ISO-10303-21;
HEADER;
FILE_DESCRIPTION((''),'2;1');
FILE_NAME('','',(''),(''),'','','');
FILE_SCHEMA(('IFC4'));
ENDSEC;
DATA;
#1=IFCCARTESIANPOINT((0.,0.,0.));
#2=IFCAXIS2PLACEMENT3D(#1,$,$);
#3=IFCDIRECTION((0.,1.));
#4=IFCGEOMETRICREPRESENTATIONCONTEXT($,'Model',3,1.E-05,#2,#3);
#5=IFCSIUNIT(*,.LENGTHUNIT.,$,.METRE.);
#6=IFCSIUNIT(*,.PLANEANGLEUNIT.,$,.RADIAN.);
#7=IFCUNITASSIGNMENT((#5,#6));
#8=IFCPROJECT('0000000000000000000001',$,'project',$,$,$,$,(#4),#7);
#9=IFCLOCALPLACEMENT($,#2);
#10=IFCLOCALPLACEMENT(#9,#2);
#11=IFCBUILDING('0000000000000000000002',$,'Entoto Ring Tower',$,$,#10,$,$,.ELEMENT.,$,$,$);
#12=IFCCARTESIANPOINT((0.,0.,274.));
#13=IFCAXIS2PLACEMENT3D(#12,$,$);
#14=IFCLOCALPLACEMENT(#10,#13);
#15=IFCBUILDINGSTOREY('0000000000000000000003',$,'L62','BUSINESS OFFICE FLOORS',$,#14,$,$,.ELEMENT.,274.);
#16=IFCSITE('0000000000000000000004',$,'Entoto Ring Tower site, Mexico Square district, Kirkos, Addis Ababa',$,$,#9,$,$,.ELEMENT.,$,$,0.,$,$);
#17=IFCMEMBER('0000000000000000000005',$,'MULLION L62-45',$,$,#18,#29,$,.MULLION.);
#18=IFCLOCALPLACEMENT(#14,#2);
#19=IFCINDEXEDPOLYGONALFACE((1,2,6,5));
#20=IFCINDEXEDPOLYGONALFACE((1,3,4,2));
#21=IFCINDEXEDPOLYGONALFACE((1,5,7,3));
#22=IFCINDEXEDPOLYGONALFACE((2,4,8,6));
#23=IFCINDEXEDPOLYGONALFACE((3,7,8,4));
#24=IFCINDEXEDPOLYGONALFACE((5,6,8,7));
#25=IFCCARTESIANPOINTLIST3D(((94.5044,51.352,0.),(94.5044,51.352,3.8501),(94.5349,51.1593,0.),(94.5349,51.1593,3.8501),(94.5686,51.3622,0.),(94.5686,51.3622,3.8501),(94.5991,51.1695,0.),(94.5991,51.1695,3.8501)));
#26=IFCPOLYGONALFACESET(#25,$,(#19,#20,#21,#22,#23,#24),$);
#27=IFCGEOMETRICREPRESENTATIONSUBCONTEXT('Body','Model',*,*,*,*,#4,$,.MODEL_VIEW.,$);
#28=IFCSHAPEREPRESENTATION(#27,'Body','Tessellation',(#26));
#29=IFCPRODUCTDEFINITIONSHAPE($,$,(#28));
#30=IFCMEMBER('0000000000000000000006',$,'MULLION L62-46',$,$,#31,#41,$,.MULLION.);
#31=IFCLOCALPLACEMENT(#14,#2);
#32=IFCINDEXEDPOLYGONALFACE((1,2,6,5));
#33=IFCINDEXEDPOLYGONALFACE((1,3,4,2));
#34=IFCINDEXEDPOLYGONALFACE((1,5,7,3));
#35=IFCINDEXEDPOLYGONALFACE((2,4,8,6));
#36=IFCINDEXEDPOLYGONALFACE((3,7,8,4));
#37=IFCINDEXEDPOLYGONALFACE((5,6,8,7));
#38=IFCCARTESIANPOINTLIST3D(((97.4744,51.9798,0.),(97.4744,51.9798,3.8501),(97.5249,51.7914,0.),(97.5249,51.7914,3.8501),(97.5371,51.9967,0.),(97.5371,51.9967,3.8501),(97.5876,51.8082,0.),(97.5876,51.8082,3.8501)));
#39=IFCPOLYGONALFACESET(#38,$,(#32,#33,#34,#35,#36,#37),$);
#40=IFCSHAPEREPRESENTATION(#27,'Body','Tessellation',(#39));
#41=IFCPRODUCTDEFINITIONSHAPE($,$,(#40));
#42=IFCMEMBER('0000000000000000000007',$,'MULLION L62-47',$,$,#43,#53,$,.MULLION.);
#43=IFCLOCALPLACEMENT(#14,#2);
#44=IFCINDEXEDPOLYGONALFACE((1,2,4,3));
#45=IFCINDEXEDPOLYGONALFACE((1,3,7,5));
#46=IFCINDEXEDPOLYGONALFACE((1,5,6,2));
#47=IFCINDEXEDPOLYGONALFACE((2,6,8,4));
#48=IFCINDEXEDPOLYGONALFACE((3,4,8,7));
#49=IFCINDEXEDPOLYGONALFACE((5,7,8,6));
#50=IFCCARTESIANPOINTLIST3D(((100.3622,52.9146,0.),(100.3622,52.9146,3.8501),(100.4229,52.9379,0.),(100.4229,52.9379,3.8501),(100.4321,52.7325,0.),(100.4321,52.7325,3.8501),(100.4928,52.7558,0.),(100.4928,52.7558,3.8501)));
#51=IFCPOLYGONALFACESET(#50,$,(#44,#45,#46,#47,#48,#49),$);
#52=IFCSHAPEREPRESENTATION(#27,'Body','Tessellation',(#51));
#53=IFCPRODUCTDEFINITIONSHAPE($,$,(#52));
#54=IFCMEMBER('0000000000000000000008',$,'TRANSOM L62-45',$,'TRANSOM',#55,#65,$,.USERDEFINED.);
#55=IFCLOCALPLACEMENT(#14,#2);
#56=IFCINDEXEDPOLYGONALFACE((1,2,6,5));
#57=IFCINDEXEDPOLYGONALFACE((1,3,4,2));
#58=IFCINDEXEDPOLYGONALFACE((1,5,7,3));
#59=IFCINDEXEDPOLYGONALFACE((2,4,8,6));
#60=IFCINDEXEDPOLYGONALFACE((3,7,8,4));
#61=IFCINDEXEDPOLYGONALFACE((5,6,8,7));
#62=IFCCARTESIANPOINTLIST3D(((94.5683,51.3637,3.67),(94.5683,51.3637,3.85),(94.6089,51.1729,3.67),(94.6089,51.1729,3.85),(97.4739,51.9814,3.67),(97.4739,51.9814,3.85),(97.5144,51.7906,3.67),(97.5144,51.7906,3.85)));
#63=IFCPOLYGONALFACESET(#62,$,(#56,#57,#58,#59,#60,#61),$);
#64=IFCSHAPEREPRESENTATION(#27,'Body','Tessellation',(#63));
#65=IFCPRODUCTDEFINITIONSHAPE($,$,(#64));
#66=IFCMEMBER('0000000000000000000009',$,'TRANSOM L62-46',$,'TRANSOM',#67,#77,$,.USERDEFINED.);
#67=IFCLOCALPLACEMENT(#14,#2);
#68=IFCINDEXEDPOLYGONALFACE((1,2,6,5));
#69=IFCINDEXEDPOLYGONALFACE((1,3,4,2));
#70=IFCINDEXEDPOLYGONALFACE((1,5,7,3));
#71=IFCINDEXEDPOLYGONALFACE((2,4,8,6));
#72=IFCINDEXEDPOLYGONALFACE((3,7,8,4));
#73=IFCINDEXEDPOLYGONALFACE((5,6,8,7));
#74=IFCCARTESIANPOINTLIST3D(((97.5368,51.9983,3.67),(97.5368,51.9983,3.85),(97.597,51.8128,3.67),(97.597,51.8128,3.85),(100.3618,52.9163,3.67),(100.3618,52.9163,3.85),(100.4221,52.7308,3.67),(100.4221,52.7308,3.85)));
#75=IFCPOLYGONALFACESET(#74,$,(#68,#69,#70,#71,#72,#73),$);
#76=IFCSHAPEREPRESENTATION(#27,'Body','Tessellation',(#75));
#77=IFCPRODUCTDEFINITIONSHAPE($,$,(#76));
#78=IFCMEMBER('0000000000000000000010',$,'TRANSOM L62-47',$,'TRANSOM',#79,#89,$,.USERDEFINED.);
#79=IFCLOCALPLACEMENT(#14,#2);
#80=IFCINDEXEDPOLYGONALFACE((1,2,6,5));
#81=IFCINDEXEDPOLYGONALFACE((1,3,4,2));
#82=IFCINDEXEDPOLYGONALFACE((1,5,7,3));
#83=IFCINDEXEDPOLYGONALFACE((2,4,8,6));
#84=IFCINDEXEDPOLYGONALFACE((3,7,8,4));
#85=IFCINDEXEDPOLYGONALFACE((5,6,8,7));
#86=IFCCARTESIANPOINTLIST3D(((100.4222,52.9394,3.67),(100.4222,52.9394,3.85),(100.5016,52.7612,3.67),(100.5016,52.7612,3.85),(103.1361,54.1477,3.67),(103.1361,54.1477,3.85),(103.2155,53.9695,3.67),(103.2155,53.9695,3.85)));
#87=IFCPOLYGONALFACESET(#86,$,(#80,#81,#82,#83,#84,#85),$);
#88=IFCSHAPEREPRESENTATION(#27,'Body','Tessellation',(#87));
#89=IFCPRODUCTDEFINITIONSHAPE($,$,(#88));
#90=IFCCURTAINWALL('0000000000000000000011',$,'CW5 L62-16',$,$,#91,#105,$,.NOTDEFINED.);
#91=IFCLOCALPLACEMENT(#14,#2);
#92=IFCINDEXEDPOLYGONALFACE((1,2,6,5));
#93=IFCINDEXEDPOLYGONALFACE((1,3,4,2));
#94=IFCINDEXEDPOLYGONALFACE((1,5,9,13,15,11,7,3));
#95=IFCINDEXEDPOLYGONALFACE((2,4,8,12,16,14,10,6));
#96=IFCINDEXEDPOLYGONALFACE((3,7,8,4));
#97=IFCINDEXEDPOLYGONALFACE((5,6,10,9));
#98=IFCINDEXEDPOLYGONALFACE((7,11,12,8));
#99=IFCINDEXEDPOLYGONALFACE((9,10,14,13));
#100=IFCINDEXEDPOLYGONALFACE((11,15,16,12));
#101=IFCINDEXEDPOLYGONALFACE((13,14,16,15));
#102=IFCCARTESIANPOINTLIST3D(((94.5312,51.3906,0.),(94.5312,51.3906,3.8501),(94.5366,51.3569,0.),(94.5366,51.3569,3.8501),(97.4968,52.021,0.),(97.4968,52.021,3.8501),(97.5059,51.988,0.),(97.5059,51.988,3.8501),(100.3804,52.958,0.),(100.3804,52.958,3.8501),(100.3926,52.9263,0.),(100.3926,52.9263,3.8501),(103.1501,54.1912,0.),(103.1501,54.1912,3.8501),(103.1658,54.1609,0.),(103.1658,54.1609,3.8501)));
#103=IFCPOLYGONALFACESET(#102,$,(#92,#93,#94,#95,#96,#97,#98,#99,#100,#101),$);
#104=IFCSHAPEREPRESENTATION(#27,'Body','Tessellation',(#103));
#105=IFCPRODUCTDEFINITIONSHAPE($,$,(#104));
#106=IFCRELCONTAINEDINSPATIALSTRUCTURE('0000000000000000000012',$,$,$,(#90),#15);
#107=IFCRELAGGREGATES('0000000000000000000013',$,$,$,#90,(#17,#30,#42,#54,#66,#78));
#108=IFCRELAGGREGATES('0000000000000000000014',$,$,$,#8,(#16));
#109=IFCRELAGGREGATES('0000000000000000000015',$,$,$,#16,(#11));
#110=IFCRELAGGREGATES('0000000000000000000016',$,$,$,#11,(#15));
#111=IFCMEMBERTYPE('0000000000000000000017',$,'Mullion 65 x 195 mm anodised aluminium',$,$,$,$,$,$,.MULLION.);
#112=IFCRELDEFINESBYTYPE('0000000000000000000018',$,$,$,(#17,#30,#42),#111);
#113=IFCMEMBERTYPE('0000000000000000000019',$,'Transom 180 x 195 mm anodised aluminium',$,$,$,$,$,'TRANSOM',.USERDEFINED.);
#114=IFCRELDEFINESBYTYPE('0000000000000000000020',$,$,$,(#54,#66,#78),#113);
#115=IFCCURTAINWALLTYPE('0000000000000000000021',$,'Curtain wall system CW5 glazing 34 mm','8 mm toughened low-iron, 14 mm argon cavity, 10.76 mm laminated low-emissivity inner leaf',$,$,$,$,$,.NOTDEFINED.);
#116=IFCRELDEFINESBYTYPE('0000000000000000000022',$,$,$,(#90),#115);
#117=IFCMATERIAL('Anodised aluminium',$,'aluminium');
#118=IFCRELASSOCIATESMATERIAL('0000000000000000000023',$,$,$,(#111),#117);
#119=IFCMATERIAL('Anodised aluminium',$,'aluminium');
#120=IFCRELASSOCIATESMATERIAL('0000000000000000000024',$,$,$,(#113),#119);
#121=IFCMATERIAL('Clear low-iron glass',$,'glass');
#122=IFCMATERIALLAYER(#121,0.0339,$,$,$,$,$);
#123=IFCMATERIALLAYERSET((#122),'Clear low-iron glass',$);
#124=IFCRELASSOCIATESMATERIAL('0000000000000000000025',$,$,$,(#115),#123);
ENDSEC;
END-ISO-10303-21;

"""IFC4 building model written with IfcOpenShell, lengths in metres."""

from ifc_helpers import new_model, si_unit, direction, frame, origin, origin_2d, place, context, subcontext, project, spatial, polyline, rectangle, outline, extrude, material, layer, layer_set, material_profile, profile_set, type_object, element, aggregate, save


model = new_model("IFC4")

# Units and contexts
model_context = context("Model", 3, precision=1e-05, world=origin(), true_north=direction((0.0, 1.0)))
body_context = subcontext(model_context, "Body", "Model", "MODEL_VIEW")
ifc_project = project(units=[si_unit("LENGTHUNIT", "METRE"), si_unit("PLANEANGLEUNIT", "RADIAN")], contexts=[model_context])

# Members
ifc_material_1 = material(Name="Anodised aluminium", Category="aluminium")
ifc_material_profile_1 = material_profile(ifc_material_1, rectangle(XDim=0.0649, YDim=0.1951, at=origin_2d()), Name="Mullion 65 x 195 mm anodised aluminium")
ifc_profile_set_1 = profile_set([ifc_material_profile_1], Name="Anodised aluminium")
member_type_1 = type_object("IfcMemberType", Name="Mullion 65 x 195 mm anodised aluminium", PredefinedType="MULLION", material=ifc_profile_set_1)
site_placement = place(None, origin())
building_placement = place(site_placement, origin())
storey_placement = place(building_placement, frame((0.0, 0.0, 274.0)))
member_1_placement = place(storey_placement, frame((94.5518, 51.2607, 0.0), z_axis=(0.0, 0.0, 1.0), x_axis=(0.987688, 0.156434, 0.0)))
member_1 = element("IfcMember", 1, at=member_1_placement, type_object=member_type_1, Name="MULLION L62-45", PredefinedType="MULLION", context=body_context, shape_type="SweptSolid", body=[
    extrude(rectangle(XDim=0.0649, YDim=0.1951, at=origin_2d()), origin(), (0.0, 0.0, 1.0), 3.8501),
])
member_2_placement = place(storey_placement, frame((97.531, 51.894, 0.0), z_axis=(0.0, 0.0, 1.0), x_axis=(0.965926, 0.258819, 0.0)))
member_2 = element("IfcMember", 2, at=member_2_placement, type_object=member_type_1, Name="MULLION L62-46", PredefinedType="MULLION", context=body_context, shape_type="SweptSolid", body=[
    extrude(rectangle(XDim=0.0649, YDim=0.1951, at=origin_2d()), origin(), (0.0, 0.0, 1.0), 3.8501),
])
member_3_placement = place(storey_placement, frame((100.4275, 52.8352, 0.0), z_axis=(0.0, 0.0, 1.0), x_axis=(0.93358, 0.358368, 0.0)))
member_3 = element("IfcMember", 3, at=member_3_placement, type_object=member_type_1, Name="MULLION L62-47", PredefinedType="MULLION", context=body_context, shape_type="SweptSolid", body=[
    extrude(rectangle(XDim=0.0649, YDim=0.1951, at=origin_2d()), origin(), (0.0, 0.0, 1.0), 3.8501),
])
ifc_material_2 = material(Name="Anodised aluminium", Category="aluminium")
ifc_material_profile_2 = material_profile(ifc_material_2, rectangle(XDim=0.1951, YDim=0.1799, at=origin_2d()), Name="Transom 180 x 195 mm anodised aluminium")
ifc_profile_set_2 = profile_set([ifc_material_profile_2], Name="Anodised aluminium")
member_type_2 = type_object("IfcMemberType", Name="Transom 180 x 195 mm anodised aluminium", ElementType="TRANSOM", PredefinedType="USERDEFINED", material=ifc_profile_set_2)
member_4_placement = place(storey_placement, frame((94.5886, 51.2683, 3.76), z_axis=(0.978142, 0.20794, 0.0), x_axis=(-0.20794, 0.978142, 0.0)))
member_4 = element("IfcMember", 4, at=member_4_placement, type_object=member_type_2, Name="TRANSOM L62-45", ObjectType="TRANSOM", PredefinedType="USERDEFINED", context=body_context, shape_type="SweptSolid", body=[
    extrude(rectangle(XDim=0.1951, YDim=0.1799, at=origin_2d()), origin(), (0.0, 0.0, 1.0), 2.9705),
])
member_5_placement = place(storey_placement, frame((97.5669, 51.9055, 3.76), z_axis=(0.951048, 0.309043, 0.0), x_axis=(-0.309043, 0.951048, 0.0)))
member_5 = element("IfcMember", 5, at=member_5_placement, type_object=member_type_2, Name="TRANSOM L62-46", ObjectType="TRANSOM", PredefinedType="USERDEFINED", context=body_context, shape_type="SweptSolid", body=[
    extrude(rectangle(XDim=0.1951, YDim=0.1799, at=origin_2d()), origin(), (0.0, 0.0, 1.0), 2.9705),
])
member_6_placement = place(storey_placement, frame((100.4619, 52.8503, 3.76), z_axis=(0.91355, 0.406726, 0.0), x_axis=(-0.406726, 0.91355, 0.0)))
member_6 = element("IfcMember", 6, at=member_6_placement, type_object=member_type_2, Name="TRANSOM L62-47", ObjectType="TRANSOM", PredefinedType="USERDEFINED", context=body_context, shape_type="SweptSolid", body=[
    extrude(rectangle(XDim=0.1951, YDim=0.1799, at=origin_2d()), origin(), (0.0, 0.0, 1.0), 2.9707),
])

# Site, building, storey
site = spatial("IfcSite", under=ifc_project, at=site_placement, Name="Entoto Ring Tower site, Mexico Square district, Kirkos, Addis Ababa", CompositionType="ELEMENT", RefElevation=0.0)
building = spatial("IfcBuilding", under=site, at=building_placement, Name="Entoto Ring Tower", CompositionType="ELEMENT")
storey = spatial("IfcBuildingStorey", under=building, at=storey_placement, Name="L62", Description="BUSINESS OFFICE FLOORS", CompositionType="ELEMENT", Elevation=274.0)

# Curtain wall
ifc_material_3 = material(Name="Clear low-iron glass", Category="glass")
ifc_layer = layer(ifc_material_3, 0.0339)
ifc_layer_set = layer_set([ifc_layer], Name="Clear low-iron glass")
curtain_wall_type = type_object("IfcCurtainWallType", Name="Curtain wall system CW5 glazing 34 mm", Description="8 mm toughened low-iron, 14 mm argon cavity, 10.76 mm laminated low-emissivity inner leaf", PredefinedType="NOTDEFINED", material=ifc_layer_set)
curtain_wall_1_placement = place(storey_placement, origin())
curtain_wall_1 = element("IfcCurtainWall", 7, at=curtain_wall_1_placement, inside=storey, type_object=curtain_wall_type, Name="CW5 L62-16", PredefinedType="NOTDEFINED", context=body_context, shape_type="SweptSolid", body=[
    extrude(outline(polyline([(94.5366, 51.3569), (97.5059, 51.988), (100.3926, 52.9263), (103.1658, 54.1609), (103.1501, 54.1912), (100.3804, 52.958), (97.4968, 52.021), (94.5312, 51.3906), (94.5366, 51.3569)])), origin(), (0.0, 0.0, 1.0), 3.8501),
])
aggregate(curtain_wall_1, [member_1, member_2, member_3, member_4, member_5, member_6])

save(model, "model.ifc")
